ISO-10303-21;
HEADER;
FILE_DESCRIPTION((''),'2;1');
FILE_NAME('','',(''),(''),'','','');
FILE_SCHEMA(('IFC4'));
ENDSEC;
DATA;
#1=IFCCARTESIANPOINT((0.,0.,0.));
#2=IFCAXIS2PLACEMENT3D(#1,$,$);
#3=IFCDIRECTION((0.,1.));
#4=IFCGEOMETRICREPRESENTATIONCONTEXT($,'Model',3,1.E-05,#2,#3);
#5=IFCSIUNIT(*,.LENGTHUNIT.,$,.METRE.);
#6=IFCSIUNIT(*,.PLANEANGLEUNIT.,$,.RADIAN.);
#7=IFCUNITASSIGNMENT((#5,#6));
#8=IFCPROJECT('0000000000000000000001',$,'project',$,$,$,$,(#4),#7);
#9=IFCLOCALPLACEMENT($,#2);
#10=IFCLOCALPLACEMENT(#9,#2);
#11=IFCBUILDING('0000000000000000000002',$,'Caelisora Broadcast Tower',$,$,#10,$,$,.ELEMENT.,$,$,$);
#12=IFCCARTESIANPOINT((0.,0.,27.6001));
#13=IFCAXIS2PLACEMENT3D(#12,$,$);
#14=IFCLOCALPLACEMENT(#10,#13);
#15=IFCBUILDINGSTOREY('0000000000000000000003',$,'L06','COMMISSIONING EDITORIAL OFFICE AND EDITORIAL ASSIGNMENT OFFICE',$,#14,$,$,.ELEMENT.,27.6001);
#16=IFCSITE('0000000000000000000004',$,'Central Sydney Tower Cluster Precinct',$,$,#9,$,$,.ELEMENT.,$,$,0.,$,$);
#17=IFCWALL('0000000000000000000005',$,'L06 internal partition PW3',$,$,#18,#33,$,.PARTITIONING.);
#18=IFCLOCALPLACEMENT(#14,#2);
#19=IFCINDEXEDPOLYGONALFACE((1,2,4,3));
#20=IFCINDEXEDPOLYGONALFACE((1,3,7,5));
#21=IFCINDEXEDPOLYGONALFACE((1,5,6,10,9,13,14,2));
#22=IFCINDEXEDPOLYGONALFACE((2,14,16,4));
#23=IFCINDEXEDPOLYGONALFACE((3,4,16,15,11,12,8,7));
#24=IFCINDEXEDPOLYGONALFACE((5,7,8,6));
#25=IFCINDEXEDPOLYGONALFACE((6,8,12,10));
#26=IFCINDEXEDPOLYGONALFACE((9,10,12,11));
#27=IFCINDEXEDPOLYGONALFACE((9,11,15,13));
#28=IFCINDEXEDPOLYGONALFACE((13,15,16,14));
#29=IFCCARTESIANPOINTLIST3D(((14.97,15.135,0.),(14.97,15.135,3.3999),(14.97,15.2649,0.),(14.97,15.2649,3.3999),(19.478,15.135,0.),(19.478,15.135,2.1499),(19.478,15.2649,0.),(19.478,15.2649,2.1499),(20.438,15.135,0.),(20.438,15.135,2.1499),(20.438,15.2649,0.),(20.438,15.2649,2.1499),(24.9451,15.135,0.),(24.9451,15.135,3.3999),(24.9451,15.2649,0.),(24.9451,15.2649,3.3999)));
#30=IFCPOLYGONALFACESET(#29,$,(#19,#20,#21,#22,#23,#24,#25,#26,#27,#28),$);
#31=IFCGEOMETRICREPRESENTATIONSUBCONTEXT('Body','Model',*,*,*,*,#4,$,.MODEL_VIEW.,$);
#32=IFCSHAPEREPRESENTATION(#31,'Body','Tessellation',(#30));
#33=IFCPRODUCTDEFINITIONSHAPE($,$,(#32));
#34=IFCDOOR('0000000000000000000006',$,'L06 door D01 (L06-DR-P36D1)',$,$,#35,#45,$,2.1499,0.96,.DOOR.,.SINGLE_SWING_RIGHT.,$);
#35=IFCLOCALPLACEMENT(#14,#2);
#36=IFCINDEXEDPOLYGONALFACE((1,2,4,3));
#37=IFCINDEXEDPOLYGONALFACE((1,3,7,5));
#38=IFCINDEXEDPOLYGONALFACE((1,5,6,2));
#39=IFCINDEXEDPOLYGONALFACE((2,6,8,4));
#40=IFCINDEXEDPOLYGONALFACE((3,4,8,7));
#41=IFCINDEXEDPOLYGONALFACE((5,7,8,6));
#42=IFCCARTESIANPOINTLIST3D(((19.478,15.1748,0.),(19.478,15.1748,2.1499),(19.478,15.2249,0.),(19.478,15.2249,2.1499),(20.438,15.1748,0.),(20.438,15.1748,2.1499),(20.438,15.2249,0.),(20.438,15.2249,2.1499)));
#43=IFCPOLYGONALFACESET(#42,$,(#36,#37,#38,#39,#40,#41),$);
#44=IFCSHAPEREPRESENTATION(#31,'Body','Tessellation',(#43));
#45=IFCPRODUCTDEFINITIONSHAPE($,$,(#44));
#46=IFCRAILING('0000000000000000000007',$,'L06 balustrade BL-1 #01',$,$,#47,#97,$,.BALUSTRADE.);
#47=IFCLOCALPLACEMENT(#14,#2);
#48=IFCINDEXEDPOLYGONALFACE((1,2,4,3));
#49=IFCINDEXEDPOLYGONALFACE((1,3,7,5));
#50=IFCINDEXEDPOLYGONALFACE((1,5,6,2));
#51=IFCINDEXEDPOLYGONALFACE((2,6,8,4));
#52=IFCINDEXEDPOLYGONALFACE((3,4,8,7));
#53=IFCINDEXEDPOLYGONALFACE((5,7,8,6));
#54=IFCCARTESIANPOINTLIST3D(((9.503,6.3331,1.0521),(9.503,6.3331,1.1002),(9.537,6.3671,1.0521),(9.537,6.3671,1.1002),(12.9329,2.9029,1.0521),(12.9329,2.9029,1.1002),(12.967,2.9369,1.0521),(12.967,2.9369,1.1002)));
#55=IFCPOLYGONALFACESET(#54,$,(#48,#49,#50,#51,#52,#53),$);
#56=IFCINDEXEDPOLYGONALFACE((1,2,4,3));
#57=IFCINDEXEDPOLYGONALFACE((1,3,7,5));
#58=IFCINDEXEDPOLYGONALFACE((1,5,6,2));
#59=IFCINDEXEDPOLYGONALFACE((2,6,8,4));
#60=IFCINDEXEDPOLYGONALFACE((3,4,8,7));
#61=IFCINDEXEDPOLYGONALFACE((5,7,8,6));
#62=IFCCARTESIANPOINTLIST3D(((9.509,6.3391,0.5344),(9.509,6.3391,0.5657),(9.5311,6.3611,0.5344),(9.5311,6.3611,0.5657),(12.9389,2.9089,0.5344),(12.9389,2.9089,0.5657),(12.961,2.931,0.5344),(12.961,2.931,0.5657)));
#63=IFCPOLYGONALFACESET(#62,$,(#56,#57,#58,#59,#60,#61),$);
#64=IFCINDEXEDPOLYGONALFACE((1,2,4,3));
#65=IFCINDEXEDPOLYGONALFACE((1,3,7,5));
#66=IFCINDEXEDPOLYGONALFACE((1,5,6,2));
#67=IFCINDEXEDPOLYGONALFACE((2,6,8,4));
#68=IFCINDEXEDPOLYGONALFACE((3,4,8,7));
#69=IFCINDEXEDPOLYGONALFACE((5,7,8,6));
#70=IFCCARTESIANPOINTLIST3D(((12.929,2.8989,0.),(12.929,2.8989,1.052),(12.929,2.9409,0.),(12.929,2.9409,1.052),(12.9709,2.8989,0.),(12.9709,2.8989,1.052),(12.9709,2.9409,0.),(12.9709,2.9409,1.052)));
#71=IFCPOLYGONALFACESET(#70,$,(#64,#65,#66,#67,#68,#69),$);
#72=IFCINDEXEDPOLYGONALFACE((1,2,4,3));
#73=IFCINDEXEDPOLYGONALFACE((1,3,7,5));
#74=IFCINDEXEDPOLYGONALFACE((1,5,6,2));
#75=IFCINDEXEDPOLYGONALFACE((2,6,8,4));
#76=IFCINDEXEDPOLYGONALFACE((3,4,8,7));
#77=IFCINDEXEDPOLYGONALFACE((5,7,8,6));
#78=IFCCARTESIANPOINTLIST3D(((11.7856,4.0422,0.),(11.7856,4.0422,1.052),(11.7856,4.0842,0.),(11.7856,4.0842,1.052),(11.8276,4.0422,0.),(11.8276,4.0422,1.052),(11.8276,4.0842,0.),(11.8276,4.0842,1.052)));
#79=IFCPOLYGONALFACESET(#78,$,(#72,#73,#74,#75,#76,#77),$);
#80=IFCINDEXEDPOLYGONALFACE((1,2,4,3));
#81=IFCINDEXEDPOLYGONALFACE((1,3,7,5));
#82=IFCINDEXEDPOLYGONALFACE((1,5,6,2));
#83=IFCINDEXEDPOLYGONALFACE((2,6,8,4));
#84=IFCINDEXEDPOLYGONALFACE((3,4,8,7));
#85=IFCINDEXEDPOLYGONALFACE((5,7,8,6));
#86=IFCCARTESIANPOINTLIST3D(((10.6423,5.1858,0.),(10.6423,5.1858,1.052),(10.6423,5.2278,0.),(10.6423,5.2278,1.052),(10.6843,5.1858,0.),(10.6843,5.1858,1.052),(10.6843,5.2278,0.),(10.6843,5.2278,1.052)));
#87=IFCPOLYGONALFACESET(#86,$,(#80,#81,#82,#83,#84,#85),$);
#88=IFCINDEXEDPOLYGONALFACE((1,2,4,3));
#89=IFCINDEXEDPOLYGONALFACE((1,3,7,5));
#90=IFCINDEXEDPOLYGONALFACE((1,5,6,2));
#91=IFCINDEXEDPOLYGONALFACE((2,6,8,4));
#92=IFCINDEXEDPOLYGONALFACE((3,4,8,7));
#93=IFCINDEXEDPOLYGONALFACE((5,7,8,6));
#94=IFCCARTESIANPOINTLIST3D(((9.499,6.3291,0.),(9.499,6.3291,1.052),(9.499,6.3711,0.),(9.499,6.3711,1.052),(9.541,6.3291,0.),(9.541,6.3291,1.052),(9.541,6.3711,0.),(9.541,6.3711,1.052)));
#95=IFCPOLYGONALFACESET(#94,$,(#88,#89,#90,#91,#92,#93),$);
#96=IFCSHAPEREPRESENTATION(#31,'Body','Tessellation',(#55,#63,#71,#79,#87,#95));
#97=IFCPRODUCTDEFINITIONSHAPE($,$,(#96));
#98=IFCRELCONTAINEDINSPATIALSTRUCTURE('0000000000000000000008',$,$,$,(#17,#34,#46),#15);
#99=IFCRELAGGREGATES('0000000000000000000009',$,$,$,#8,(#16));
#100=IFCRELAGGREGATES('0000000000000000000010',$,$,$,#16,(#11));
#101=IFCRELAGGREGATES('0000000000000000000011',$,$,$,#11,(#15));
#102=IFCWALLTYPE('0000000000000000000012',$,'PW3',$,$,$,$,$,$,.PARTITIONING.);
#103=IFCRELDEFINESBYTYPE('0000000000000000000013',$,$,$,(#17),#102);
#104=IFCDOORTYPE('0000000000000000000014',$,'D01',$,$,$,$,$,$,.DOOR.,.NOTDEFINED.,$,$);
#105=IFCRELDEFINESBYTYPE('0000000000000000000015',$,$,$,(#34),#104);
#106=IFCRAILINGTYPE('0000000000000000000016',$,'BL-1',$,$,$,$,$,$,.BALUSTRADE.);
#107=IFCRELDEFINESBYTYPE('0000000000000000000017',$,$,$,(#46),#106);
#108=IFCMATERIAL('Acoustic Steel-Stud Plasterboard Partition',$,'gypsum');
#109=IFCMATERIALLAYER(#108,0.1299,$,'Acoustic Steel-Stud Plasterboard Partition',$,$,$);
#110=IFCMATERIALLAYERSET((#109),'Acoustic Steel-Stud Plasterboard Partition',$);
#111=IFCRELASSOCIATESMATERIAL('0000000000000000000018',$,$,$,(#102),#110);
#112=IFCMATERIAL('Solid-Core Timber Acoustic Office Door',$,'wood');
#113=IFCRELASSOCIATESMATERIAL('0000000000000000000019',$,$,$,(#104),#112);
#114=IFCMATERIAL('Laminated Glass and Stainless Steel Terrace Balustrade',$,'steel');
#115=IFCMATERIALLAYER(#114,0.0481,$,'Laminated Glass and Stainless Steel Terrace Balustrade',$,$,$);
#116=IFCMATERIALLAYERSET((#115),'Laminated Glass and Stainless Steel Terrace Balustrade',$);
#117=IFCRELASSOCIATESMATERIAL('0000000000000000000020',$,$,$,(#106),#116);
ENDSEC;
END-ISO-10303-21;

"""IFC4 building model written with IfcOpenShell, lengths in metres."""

from ifc_helpers import new_model, si_unit, direction, frame, frame_2d, origin, origin_2d, place, context, subcontext, project, spatial, rectangle, extrude, material, layer, layer_set, type_object, element, fill, save


model = new_model("IFC4")

# Units and contexts
model_context = context("Model", 3, precision=1e-05, world=origin(), true_north=direction((0.0, 1.0)))
body_context = subcontext(model_context, "Body", "Model", "MODEL_VIEW")
ifc_project = project(units=[si_unit("LENGTHUNIT", "METRE"), si_unit("PLANEANGLEUNIT", "RADIAN")], contexts=[model_context])

# Site, building, storey
site_placement = place(None, origin())
site = spatial("IfcSite", under=ifc_project, at=site_placement, Name="Central Sydney Tower Cluster Precinct", CompositionType="ELEMENT", RefElevation=0.0)
building_placement = place(site_placement, origin())
building = spatial("IfcBuilding", under=site, at=building_placement, Name="Caelisora Broadcast Tower", CompositionType="ELEMENT")
storey_placement = place(building_placement, frame((0.0, 0.0, 27.6001)))
storey = spatial("IfcBuildingStorey", under=building, at=storey_placement, Name="L06", Description="COMMISSIONING EDITORIAL OFFICE AND EDITORIAL ASSIGNMENT OFFICE", CompositionType="ELEMENT", Elevation=27.6001)

# Shared definitions
ifc_material_1 = material(Name="Acoustic Steel-Stud Plasterboard Partition", Category="gypsum")
ifc_layer_1 = layer(ifc_material_1, 0.1299, Name="Acoustic Steel-Stud Plasterboard Partition")
ifc_layer_set_1 = layer_set([ifc_layer_1], Name="Acoustic Steel-Stud Plasterboard Partition")
wall_type = type_object("IfcWallType", Name="PW3", PredefinedType="PARTITIONING", material=ifc_layer_set_1)
ifc_material_2 = material(Name="Solid-Core Timber Acoustic Office Door", Category="wood")
door_type = type_object("IfcDoorType", Name="D01", OperationType="NOTDEFINED", PredefinedType="DOOR", material=ifc_material_2)

# Wall, opening, door
wall_1_placement = place(storey_placement, frame((14.97, 15.2, 0.0), z_axis=(0.0, 0.0, 1.0), x_axis=(1.0, 0.0, 0.0)))
wall_1 = element("IfcWall", 1, at=wall_1_placement, inside=storey, type_object=wall_type, Name="L06 internal partition PW3", PredefinedType="PARTITIONING", context=body_context, shape_type="SweptSolid", body=[
    extrude(rectangle(XDim=9.9751, YDim=0.1299, at=frame_2d((4.9875, 0.0))), origin(), (0.0, 0.0, 1.0), 3.3999),
])
opening_1_placement = place(wall_1_placement, frame((4.5081, 0.0, 0.0)))
opening_1 = element("IfcOpeningElement", 2, at=opening_1_placement, cuts=wall_1, PredefinedType="OPENING", context=body_context, shape_type="SweptSolid", body=[
    extrude(rectangle(XDim=0.96, YDim=2.1499, at=frame_2d((0.48, 1.075))), frame((0.0, 0.0769, 0.0), z_axis=(0.0, -1.0, 0.0), x_axis=(1.0, 0.0, 0.0)), (0.0, 0.0, 1.0), 0.1538),
])
door_1_placement = place(opening_1_placement, origin())
door_1 = element("IfcDoor", 3, at=door_1_placement, inside=storey, type_object=door_type, Name="L06 door D01 (L06-DR-P36D1)", OperationType="SINGLE_SWING_RIGHT", OverallHeight=2.1499, OverallWidth=0.96, PredefinedType="DOOR", context=body_context, shape_type="SweptSolid", body=[
    extrude(rectangle(XDim=0.96, YDim=2.1499, at=frame_2d((0.48, 1.075))), frame((0.0, 0.0249, 0.0), z_axis=(0.0, -1.0, 0.0), x_axis=(1.0, 0.0, 0.0)), (0.0, 0.0, 1.0), 0.05),
])
fill(opening_1, door_1)

# Railing
ifc_material_3 = material(Name="Laminated Glass and Stainless Steel Terrace Balustrade", Category="steel")
ifc_layer_2 = layer(ifc_material_3, 0.0481, Name="Laminated Glass and Stainless Steel Terrace Balustrade")
ifc_layer_set_2 = layer_set([ifc_layer_2], Name="Laminated Glass and Stainless Steel Terrace Balustrade")
railing_type = type_object("IfcRailingType", Name="BL-1", PredefinedType="BALUSTRADE", material=ifc_layer_set_2)
railing_1_placement = place(storey_placement, frame((12.95, 2.9199, 0.0)))
element("IfcRailing", 4, at=railing_1_placement, inside=storey, type_object=railing_type, Name="L06 balustrade BL-1 #01", PredefinedType="BALUSTRADE", context=body_context, shape_type="SweptSolid", body=[
    extrude(rectangle(XDim=0.0481, YDim=0.0481, at=origin_2d()), frame((0.0, 0.0, 1.0762), z_axis=(-0.707082, 0.707132, 0.0), x_axis=(-0.707132, -0.707082, 0.0)), (0.0, 0.0, 1.0), 4.8508),
    extrude(rectangle(XDim=0.0312, YDim=0.0312, at=origin_2d()), frame((0.0, 0.0, 0.55), z_axis=(-0.707082, 0.707132, 0.0), x_axis=(-0.707132, -0.707082, 0.0)), (0.0, 0.0, 1.0), 4.8508),
    extrude(rectangle(XDim=0.042, YDim=0.042, at=origin_2d()), origin(), (0.0, 0.0, 1.0), 1.052),
    extrude(rectangle(XDim=0.042, YDim=0.042, at=origin_2d()), frame((-1.1433, 1.1433, 0.0)), (0.0, 0.0, 1.0), 1.052),
    extrude(rectangle(XDim=0.042, YDim=0.042, at=origin_2d()), frame((-2.2866, 2.2869, 0.0)), (0.0, 0.0, 1.0), 1.052),
    extrude(rectangle(XDim=0.042, YDim=0.042, at=origin_2d()), frame((-3.4299, 3.4302, 0.0)), (0.0, 0.0, 1.0), 1.052),
])

save(model, "model.ifc")
